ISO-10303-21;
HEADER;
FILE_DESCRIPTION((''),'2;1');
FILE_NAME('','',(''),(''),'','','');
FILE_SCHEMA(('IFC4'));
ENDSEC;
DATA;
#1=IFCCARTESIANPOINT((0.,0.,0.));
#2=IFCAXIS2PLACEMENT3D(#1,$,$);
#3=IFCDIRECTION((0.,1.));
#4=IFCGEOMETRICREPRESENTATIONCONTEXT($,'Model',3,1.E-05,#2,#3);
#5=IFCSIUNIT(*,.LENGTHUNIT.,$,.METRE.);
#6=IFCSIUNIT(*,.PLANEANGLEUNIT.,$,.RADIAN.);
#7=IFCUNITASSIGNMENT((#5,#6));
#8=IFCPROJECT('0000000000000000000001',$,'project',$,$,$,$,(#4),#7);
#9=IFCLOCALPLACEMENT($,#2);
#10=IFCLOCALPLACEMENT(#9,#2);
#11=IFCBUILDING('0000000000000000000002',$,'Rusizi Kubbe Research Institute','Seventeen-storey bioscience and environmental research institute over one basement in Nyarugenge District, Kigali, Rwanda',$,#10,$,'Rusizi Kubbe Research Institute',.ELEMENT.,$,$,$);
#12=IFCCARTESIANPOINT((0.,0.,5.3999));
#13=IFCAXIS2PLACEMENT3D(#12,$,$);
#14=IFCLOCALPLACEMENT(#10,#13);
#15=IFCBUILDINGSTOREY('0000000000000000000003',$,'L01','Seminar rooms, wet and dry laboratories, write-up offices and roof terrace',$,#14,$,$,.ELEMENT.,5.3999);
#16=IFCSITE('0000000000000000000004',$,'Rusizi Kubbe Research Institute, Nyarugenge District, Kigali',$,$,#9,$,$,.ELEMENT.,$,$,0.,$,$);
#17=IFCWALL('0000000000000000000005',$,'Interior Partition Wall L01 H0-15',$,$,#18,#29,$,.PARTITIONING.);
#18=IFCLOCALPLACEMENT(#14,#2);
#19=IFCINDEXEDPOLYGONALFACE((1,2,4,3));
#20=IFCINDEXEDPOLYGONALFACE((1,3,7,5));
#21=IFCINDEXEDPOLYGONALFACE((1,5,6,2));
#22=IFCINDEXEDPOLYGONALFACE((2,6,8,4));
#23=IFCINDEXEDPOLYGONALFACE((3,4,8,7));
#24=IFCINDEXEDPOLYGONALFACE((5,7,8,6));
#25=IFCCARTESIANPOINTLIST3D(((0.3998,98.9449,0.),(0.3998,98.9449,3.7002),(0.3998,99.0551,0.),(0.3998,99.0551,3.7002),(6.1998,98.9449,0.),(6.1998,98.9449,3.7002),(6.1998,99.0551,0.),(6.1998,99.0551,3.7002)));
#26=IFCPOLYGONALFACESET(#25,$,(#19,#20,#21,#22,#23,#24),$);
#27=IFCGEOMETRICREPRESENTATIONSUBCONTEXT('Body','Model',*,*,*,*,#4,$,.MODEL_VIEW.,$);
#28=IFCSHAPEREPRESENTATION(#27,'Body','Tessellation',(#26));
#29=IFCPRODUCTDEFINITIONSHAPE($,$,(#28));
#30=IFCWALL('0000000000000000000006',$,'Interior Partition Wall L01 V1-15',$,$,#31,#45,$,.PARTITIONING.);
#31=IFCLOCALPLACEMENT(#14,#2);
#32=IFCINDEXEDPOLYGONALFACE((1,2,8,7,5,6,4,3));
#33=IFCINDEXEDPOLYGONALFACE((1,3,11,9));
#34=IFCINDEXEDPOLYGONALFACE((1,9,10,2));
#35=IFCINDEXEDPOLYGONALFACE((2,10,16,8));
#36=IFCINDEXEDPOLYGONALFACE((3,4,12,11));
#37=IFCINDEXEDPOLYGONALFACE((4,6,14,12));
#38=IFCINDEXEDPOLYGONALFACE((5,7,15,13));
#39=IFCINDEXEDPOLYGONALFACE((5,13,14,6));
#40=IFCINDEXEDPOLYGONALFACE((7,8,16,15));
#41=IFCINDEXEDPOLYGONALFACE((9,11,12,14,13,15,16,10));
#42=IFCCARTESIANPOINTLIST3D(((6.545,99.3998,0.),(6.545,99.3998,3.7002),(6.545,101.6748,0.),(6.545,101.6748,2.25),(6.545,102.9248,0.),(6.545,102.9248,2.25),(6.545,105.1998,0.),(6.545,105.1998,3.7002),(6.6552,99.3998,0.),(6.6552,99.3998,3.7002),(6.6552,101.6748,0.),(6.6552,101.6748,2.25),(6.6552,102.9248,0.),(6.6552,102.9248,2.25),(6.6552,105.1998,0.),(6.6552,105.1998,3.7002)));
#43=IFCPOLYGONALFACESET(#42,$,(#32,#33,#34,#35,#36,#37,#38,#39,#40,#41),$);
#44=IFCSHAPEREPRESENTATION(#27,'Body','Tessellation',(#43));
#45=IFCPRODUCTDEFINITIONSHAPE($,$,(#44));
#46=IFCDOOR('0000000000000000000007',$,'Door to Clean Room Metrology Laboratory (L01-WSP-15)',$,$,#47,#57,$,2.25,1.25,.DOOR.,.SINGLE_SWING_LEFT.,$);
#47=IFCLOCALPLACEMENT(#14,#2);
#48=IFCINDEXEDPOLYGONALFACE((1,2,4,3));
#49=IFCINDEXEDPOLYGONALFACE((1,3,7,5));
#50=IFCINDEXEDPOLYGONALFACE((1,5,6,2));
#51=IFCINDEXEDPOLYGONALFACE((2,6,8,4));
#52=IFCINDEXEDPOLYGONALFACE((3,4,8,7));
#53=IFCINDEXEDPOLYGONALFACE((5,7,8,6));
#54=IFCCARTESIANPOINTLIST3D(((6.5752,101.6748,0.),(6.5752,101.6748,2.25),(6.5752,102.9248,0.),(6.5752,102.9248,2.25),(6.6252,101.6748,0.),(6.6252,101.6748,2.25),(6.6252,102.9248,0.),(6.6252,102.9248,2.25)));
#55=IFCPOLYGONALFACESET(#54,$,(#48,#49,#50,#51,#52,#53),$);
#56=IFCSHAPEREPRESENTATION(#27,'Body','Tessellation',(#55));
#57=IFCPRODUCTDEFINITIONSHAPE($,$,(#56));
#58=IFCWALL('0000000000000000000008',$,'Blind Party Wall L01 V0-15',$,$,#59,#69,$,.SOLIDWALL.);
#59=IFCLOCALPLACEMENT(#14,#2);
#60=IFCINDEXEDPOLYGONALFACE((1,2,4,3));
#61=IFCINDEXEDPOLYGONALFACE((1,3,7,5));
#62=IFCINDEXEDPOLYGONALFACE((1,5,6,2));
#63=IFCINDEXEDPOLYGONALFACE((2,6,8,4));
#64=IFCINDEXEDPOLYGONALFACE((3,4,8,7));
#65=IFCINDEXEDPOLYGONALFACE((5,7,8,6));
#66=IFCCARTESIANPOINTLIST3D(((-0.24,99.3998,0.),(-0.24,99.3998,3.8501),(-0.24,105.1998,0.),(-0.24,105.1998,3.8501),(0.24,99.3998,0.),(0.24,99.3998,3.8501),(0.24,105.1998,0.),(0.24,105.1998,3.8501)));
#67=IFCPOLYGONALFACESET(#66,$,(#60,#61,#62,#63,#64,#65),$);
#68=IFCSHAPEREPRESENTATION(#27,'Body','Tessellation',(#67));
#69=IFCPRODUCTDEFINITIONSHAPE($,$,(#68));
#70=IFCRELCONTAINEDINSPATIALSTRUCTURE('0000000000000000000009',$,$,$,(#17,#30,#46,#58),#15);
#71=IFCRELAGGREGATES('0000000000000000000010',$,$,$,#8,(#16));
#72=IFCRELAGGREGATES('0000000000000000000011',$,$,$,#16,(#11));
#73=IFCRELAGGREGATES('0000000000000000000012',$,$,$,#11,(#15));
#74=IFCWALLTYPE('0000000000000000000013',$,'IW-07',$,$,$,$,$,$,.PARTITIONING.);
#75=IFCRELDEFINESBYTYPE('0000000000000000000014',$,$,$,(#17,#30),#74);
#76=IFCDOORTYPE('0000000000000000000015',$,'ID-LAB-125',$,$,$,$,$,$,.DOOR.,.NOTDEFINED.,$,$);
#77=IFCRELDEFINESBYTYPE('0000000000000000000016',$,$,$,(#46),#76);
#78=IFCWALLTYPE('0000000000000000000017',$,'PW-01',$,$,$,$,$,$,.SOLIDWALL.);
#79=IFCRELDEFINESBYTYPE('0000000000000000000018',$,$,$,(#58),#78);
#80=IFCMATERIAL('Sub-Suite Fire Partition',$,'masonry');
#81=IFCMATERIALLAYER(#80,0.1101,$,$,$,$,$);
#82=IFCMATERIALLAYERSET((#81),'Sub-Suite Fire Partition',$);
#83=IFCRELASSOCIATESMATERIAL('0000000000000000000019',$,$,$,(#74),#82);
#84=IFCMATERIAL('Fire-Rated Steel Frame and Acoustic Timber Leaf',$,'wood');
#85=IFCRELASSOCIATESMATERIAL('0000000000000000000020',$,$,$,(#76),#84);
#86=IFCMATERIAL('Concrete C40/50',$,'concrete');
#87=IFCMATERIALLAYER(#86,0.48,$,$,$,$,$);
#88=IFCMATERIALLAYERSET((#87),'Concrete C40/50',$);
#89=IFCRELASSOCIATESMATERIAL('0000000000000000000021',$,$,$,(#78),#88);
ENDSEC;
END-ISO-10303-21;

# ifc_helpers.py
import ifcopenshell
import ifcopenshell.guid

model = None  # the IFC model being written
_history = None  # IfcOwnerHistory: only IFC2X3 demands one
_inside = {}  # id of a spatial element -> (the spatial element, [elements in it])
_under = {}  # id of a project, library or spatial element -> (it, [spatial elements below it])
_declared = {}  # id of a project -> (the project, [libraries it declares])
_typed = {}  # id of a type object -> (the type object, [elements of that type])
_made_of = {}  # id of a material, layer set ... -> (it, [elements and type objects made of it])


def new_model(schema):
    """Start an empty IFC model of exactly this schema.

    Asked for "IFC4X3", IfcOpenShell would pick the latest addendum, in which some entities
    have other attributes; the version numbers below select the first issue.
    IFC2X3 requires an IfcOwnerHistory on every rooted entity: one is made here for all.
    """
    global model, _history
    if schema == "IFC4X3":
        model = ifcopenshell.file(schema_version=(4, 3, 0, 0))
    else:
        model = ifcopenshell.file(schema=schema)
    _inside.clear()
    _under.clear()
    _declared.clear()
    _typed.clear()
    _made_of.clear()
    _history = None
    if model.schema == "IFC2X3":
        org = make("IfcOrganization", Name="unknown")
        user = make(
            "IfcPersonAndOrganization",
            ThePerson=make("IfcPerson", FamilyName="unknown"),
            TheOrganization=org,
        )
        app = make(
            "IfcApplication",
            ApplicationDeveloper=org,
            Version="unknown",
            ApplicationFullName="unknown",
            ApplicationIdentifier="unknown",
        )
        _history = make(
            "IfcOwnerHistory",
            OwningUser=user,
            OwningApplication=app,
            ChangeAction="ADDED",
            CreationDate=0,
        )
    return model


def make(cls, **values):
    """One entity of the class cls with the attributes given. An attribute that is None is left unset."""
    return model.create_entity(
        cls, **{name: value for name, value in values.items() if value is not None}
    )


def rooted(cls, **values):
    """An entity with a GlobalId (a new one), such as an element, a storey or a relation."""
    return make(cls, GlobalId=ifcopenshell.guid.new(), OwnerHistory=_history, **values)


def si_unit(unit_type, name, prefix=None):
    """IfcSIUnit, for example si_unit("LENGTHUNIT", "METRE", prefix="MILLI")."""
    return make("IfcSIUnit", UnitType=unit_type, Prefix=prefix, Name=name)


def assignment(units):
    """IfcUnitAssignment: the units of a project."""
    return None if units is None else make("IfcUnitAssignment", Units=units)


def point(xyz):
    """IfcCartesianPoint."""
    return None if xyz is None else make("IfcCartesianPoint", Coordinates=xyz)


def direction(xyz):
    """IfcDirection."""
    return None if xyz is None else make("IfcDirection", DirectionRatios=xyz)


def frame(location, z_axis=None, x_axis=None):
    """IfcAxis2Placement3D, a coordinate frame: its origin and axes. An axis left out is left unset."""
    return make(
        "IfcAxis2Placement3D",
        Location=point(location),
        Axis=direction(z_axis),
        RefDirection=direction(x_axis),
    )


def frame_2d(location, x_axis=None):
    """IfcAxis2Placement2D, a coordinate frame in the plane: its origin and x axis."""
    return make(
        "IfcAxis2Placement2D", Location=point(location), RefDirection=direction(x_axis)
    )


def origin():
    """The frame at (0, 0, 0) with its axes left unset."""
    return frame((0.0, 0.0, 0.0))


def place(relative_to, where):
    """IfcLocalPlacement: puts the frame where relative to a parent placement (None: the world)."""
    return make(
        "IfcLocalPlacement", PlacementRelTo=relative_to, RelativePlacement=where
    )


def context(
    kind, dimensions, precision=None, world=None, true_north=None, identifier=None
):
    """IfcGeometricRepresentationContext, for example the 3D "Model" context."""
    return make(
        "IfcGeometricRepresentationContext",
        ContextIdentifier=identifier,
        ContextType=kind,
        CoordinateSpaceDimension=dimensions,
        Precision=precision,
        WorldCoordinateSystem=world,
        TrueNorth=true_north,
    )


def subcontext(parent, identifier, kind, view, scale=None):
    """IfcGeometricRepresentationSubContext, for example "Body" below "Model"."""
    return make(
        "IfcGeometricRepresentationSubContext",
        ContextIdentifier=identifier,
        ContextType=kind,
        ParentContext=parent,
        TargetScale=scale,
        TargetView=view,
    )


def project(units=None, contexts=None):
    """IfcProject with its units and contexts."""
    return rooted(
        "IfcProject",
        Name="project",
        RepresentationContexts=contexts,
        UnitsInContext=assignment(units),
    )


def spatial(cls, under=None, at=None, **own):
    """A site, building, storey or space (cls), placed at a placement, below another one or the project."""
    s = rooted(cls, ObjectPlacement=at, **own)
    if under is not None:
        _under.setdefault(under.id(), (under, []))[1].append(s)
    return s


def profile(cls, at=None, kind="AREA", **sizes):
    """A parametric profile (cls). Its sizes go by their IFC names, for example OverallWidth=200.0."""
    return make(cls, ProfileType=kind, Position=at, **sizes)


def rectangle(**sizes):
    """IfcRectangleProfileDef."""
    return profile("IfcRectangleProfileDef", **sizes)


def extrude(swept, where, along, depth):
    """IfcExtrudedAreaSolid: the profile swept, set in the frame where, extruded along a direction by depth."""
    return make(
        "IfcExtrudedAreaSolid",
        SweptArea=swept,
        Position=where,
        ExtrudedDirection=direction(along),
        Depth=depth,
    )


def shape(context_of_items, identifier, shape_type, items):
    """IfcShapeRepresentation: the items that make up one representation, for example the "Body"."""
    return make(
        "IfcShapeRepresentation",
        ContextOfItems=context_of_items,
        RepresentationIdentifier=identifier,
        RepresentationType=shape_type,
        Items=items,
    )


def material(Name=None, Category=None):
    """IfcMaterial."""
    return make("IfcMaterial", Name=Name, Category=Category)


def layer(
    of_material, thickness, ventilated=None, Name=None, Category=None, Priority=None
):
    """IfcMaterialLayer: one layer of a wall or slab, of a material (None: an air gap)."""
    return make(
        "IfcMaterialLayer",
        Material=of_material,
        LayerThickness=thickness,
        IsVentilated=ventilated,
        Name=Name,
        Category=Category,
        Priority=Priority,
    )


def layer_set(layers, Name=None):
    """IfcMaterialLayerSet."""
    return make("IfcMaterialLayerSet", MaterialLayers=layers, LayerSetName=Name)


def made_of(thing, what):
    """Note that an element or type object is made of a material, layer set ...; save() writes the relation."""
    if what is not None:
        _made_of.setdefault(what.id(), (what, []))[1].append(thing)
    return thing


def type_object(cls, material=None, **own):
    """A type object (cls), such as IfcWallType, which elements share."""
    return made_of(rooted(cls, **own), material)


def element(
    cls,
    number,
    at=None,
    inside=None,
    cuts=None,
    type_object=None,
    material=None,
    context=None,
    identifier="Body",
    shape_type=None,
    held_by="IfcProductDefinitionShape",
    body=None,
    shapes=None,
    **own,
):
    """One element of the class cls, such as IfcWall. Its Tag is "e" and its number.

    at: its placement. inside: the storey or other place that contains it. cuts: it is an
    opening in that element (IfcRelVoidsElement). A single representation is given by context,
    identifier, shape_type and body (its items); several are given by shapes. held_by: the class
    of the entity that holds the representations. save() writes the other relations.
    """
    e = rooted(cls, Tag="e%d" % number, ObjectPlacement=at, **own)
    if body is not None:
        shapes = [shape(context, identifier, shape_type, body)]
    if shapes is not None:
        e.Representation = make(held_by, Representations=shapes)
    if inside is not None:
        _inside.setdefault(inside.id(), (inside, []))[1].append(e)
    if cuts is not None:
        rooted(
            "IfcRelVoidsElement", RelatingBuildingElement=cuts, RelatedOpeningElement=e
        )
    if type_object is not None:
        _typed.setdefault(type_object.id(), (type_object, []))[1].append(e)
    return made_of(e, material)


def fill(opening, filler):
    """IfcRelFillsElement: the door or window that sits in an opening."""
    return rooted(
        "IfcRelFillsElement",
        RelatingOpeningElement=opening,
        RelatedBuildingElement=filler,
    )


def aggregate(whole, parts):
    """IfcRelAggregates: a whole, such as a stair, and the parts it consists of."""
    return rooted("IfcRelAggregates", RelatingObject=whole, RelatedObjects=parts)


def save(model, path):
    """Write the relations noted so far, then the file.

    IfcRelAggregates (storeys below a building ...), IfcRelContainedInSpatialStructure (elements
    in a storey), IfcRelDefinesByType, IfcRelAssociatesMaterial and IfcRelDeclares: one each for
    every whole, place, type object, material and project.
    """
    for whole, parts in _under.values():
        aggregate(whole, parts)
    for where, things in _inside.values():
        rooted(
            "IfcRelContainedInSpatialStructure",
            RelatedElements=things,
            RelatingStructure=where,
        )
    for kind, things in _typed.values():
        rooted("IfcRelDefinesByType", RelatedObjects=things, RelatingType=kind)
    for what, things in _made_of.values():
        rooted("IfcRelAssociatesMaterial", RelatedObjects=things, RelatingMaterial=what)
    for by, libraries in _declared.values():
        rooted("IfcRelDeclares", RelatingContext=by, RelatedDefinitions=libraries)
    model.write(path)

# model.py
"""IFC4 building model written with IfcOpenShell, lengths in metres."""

from ifc_helpers import new_model, si_unit, direction, frame, frame_2d, origin, place, context, subcontext, project, spatial, rectangle, extrude, material, layer, layer_set, type_object, element, fill, save


model = new_model("IFC4")

# Units and contexts
model_context = context("Model", 3, precision=1e-05, world=origin(), true_north=direction((0.0, 1.0)))
body_context = subcontext(model_context, "Body", "Model", "MODEL_VIEW")
ifc_project = project(units=[si_unit("LENGTHUNIT", "METRE"), si_unit("PLANEANGLEUNIT", "RADIAN")], contexts=[model_context])

# Site, building, storey
site_placement = place(None, origin())
site = spatial("IfcSite", under=ifc_project, at=site_placement, Name="Rusizi Kubbe Research Institute, Nyarugenge District, Kigali", CompositionType="ELEMENT", RefElevation=0.0)
building_placement = place(site_placement, origin())
building = spatial("IfcBuilding", under=site, at=building_placement, Name="Rusizi Kubbe Research Institute", Description="Seventeen-storey bioscience and environmental research institute over one basement in Nyarugenge District, Kigali, Rwanda", LongName="Rusizi Kubbe Research Institute", CompositionType="ELEMENT")
storey_placement = place(building_placement, frame((0.0, 0.0, 5.3999)))
storey = spatial("IfcBuildingStorey", under=building, at=storey_placement, Name="L01", Description="Seminar rooms, wet and dry laboratories, write-up offices and roof terrace", CompositionType="ELEMENT", Elevation=5.3999)

# Wall
ifc_material_1 = material(Name="Sub-Suite Fire Partition", Category="masonry")
ifc_layer_1 = layer(ifc_material_1, 0.1101)
ifc_layer_set_1 = layer_set([ifc_layer_1], Name="Sub-Suite Fire Partition")
wall_type_1 = type_object("IfcWallType", Name="IW-07", PredefinedType="PARTITIONING", material=ifc_layer_set_1)
wall_1_placement = place(storey_placement, frame((0.3999, 99.0, 0.0), z_axis=(0.0, 0.0, 1.0), x_axis=(1.0, 0.0, 0.0)))
element("IfcWall", 1, at=wall_1_placement, inside=storey, type_object=wall_type_1, Name="Interior Partition Wall L01 H0-15", PredefinedType="PARTITIONING", context=body_context, shape_type="SweptSolid", body=[
    extrude(rectangle(XDim=5.8, YDim=0.1101, at=frame_2d((2.8999, 0.0))), origin(), (0.0, 0.0, 1.0), 3.7002),
])

# Wall, opening, door
wall_2_placement = place(storey_placement, frame((6.6001, 99.3999, 0.0), z_axis=(0.0, 0.0, 1.0), x_axis=(0.0, 1.0, 0.0)))
wall_2 = element("IfcWall", 2, at=wall_2_placement, inside=storey, type_object=wall_type_1, Name="Interior Partition Wall L01 V1-15", PredefinedType="PARTITIONING", context=body_context, shape_type="SweptSolid", body=[
    extrude(rectangle(XDim=5.8, YDim=0.1101, at=frame_2d((2.8999, 0.0))), origin(), (0.0, 0.0, 1.0), 3.7002),
])
opening_placement = place(wall_2_placement, frame((2.2749, 0.0, 0.0)))
opening = element("IfcOpeningElement", 3, at=opening_placement, cuts=wall_2, PredefinedType="OPENING", context=body_context, shape_type="SweptSolid", body=[
    extrude(rectangle(XDim=1.25, YDim=2.25, at=frame_2d((0.625, 1.125))), frame((0.0, 0.0649, 0.0), z_axis=(0.0, -1.0, 0.0), x_axis=(1.0, 0.0, 0.0)), (0.0, 0.0, 1.0), 0.1301),
])
ifc_material_2 = material(Name="Fire-Rated Steel Frame and Acoustic Timber Leaf", Category="wood")
door_type = type_object("IfcDoorType", Name="ID-LAB-125", OperationType="NOTDEFINED", PredefinedType="DOOR", material=ifc_material_2)
door_placement = place(opening_placement, origin())
door = element("IfcDoor", 4, at=door_placement, inside=storey, type_object=door_type, Name="Door to Clean Room Metrology Laboratory (L01-WSP-15)", OperationType="SINGLE_SWING_LEFT", OverallHeight=2.25, OverallWidth=1.25, PredefinedType="DOOR", context=body_context, shape_type="SweptSolid", body=[
    extrude(rectangle(XDim=1.25, YDim=2.25, at=frame_2d((0.625, 1.125))), frame((0.0, 0.0249, 0.0), z_axis=(0.0, -1.0, 0.0), x_axis=(1.0, 0.0, 0.0)), (0.0, 0.0, 1.0), 0.05),
])
fill(opening, door)

# Wall
ifc_material_3 = material(Name="Concrete C40/50", Category="concrete")
ifc_layer_2 = layer(ifc_material_3, 0.48)
ifc_layer_set_2 = layer_set([ifc_layer_2], Name="Concrete C40/50")
wall_type_2 = type_object("IfcWallType", Name="PW-01", PredefinedType="SOLIDWALL", material=ifc_layer_set_2)
wall_3_placement = place(storey_placement, frame((0.0, 99.3999, 0.0), z_axis=(0.0, 0.0, 1.0), x_axis=(0.0, 1.0, 0.0)))
element("IfcWall", 5, at=wall_3_placement, inside=storey, type_object=wall_type_2, Name="Blind Party Wall L01 V0-15", PredefinedType="SOLIDWALL", context=body_context, shape_type="SweptSolid", body=[
    extrude(rectangle(XDim=5.8, YDim=0.48, at=frame_2d((2.8999, 0.0))), origin(), (0.0, 0.0, 1.0), 3.8501),
])

save(model, "model.ifc")
